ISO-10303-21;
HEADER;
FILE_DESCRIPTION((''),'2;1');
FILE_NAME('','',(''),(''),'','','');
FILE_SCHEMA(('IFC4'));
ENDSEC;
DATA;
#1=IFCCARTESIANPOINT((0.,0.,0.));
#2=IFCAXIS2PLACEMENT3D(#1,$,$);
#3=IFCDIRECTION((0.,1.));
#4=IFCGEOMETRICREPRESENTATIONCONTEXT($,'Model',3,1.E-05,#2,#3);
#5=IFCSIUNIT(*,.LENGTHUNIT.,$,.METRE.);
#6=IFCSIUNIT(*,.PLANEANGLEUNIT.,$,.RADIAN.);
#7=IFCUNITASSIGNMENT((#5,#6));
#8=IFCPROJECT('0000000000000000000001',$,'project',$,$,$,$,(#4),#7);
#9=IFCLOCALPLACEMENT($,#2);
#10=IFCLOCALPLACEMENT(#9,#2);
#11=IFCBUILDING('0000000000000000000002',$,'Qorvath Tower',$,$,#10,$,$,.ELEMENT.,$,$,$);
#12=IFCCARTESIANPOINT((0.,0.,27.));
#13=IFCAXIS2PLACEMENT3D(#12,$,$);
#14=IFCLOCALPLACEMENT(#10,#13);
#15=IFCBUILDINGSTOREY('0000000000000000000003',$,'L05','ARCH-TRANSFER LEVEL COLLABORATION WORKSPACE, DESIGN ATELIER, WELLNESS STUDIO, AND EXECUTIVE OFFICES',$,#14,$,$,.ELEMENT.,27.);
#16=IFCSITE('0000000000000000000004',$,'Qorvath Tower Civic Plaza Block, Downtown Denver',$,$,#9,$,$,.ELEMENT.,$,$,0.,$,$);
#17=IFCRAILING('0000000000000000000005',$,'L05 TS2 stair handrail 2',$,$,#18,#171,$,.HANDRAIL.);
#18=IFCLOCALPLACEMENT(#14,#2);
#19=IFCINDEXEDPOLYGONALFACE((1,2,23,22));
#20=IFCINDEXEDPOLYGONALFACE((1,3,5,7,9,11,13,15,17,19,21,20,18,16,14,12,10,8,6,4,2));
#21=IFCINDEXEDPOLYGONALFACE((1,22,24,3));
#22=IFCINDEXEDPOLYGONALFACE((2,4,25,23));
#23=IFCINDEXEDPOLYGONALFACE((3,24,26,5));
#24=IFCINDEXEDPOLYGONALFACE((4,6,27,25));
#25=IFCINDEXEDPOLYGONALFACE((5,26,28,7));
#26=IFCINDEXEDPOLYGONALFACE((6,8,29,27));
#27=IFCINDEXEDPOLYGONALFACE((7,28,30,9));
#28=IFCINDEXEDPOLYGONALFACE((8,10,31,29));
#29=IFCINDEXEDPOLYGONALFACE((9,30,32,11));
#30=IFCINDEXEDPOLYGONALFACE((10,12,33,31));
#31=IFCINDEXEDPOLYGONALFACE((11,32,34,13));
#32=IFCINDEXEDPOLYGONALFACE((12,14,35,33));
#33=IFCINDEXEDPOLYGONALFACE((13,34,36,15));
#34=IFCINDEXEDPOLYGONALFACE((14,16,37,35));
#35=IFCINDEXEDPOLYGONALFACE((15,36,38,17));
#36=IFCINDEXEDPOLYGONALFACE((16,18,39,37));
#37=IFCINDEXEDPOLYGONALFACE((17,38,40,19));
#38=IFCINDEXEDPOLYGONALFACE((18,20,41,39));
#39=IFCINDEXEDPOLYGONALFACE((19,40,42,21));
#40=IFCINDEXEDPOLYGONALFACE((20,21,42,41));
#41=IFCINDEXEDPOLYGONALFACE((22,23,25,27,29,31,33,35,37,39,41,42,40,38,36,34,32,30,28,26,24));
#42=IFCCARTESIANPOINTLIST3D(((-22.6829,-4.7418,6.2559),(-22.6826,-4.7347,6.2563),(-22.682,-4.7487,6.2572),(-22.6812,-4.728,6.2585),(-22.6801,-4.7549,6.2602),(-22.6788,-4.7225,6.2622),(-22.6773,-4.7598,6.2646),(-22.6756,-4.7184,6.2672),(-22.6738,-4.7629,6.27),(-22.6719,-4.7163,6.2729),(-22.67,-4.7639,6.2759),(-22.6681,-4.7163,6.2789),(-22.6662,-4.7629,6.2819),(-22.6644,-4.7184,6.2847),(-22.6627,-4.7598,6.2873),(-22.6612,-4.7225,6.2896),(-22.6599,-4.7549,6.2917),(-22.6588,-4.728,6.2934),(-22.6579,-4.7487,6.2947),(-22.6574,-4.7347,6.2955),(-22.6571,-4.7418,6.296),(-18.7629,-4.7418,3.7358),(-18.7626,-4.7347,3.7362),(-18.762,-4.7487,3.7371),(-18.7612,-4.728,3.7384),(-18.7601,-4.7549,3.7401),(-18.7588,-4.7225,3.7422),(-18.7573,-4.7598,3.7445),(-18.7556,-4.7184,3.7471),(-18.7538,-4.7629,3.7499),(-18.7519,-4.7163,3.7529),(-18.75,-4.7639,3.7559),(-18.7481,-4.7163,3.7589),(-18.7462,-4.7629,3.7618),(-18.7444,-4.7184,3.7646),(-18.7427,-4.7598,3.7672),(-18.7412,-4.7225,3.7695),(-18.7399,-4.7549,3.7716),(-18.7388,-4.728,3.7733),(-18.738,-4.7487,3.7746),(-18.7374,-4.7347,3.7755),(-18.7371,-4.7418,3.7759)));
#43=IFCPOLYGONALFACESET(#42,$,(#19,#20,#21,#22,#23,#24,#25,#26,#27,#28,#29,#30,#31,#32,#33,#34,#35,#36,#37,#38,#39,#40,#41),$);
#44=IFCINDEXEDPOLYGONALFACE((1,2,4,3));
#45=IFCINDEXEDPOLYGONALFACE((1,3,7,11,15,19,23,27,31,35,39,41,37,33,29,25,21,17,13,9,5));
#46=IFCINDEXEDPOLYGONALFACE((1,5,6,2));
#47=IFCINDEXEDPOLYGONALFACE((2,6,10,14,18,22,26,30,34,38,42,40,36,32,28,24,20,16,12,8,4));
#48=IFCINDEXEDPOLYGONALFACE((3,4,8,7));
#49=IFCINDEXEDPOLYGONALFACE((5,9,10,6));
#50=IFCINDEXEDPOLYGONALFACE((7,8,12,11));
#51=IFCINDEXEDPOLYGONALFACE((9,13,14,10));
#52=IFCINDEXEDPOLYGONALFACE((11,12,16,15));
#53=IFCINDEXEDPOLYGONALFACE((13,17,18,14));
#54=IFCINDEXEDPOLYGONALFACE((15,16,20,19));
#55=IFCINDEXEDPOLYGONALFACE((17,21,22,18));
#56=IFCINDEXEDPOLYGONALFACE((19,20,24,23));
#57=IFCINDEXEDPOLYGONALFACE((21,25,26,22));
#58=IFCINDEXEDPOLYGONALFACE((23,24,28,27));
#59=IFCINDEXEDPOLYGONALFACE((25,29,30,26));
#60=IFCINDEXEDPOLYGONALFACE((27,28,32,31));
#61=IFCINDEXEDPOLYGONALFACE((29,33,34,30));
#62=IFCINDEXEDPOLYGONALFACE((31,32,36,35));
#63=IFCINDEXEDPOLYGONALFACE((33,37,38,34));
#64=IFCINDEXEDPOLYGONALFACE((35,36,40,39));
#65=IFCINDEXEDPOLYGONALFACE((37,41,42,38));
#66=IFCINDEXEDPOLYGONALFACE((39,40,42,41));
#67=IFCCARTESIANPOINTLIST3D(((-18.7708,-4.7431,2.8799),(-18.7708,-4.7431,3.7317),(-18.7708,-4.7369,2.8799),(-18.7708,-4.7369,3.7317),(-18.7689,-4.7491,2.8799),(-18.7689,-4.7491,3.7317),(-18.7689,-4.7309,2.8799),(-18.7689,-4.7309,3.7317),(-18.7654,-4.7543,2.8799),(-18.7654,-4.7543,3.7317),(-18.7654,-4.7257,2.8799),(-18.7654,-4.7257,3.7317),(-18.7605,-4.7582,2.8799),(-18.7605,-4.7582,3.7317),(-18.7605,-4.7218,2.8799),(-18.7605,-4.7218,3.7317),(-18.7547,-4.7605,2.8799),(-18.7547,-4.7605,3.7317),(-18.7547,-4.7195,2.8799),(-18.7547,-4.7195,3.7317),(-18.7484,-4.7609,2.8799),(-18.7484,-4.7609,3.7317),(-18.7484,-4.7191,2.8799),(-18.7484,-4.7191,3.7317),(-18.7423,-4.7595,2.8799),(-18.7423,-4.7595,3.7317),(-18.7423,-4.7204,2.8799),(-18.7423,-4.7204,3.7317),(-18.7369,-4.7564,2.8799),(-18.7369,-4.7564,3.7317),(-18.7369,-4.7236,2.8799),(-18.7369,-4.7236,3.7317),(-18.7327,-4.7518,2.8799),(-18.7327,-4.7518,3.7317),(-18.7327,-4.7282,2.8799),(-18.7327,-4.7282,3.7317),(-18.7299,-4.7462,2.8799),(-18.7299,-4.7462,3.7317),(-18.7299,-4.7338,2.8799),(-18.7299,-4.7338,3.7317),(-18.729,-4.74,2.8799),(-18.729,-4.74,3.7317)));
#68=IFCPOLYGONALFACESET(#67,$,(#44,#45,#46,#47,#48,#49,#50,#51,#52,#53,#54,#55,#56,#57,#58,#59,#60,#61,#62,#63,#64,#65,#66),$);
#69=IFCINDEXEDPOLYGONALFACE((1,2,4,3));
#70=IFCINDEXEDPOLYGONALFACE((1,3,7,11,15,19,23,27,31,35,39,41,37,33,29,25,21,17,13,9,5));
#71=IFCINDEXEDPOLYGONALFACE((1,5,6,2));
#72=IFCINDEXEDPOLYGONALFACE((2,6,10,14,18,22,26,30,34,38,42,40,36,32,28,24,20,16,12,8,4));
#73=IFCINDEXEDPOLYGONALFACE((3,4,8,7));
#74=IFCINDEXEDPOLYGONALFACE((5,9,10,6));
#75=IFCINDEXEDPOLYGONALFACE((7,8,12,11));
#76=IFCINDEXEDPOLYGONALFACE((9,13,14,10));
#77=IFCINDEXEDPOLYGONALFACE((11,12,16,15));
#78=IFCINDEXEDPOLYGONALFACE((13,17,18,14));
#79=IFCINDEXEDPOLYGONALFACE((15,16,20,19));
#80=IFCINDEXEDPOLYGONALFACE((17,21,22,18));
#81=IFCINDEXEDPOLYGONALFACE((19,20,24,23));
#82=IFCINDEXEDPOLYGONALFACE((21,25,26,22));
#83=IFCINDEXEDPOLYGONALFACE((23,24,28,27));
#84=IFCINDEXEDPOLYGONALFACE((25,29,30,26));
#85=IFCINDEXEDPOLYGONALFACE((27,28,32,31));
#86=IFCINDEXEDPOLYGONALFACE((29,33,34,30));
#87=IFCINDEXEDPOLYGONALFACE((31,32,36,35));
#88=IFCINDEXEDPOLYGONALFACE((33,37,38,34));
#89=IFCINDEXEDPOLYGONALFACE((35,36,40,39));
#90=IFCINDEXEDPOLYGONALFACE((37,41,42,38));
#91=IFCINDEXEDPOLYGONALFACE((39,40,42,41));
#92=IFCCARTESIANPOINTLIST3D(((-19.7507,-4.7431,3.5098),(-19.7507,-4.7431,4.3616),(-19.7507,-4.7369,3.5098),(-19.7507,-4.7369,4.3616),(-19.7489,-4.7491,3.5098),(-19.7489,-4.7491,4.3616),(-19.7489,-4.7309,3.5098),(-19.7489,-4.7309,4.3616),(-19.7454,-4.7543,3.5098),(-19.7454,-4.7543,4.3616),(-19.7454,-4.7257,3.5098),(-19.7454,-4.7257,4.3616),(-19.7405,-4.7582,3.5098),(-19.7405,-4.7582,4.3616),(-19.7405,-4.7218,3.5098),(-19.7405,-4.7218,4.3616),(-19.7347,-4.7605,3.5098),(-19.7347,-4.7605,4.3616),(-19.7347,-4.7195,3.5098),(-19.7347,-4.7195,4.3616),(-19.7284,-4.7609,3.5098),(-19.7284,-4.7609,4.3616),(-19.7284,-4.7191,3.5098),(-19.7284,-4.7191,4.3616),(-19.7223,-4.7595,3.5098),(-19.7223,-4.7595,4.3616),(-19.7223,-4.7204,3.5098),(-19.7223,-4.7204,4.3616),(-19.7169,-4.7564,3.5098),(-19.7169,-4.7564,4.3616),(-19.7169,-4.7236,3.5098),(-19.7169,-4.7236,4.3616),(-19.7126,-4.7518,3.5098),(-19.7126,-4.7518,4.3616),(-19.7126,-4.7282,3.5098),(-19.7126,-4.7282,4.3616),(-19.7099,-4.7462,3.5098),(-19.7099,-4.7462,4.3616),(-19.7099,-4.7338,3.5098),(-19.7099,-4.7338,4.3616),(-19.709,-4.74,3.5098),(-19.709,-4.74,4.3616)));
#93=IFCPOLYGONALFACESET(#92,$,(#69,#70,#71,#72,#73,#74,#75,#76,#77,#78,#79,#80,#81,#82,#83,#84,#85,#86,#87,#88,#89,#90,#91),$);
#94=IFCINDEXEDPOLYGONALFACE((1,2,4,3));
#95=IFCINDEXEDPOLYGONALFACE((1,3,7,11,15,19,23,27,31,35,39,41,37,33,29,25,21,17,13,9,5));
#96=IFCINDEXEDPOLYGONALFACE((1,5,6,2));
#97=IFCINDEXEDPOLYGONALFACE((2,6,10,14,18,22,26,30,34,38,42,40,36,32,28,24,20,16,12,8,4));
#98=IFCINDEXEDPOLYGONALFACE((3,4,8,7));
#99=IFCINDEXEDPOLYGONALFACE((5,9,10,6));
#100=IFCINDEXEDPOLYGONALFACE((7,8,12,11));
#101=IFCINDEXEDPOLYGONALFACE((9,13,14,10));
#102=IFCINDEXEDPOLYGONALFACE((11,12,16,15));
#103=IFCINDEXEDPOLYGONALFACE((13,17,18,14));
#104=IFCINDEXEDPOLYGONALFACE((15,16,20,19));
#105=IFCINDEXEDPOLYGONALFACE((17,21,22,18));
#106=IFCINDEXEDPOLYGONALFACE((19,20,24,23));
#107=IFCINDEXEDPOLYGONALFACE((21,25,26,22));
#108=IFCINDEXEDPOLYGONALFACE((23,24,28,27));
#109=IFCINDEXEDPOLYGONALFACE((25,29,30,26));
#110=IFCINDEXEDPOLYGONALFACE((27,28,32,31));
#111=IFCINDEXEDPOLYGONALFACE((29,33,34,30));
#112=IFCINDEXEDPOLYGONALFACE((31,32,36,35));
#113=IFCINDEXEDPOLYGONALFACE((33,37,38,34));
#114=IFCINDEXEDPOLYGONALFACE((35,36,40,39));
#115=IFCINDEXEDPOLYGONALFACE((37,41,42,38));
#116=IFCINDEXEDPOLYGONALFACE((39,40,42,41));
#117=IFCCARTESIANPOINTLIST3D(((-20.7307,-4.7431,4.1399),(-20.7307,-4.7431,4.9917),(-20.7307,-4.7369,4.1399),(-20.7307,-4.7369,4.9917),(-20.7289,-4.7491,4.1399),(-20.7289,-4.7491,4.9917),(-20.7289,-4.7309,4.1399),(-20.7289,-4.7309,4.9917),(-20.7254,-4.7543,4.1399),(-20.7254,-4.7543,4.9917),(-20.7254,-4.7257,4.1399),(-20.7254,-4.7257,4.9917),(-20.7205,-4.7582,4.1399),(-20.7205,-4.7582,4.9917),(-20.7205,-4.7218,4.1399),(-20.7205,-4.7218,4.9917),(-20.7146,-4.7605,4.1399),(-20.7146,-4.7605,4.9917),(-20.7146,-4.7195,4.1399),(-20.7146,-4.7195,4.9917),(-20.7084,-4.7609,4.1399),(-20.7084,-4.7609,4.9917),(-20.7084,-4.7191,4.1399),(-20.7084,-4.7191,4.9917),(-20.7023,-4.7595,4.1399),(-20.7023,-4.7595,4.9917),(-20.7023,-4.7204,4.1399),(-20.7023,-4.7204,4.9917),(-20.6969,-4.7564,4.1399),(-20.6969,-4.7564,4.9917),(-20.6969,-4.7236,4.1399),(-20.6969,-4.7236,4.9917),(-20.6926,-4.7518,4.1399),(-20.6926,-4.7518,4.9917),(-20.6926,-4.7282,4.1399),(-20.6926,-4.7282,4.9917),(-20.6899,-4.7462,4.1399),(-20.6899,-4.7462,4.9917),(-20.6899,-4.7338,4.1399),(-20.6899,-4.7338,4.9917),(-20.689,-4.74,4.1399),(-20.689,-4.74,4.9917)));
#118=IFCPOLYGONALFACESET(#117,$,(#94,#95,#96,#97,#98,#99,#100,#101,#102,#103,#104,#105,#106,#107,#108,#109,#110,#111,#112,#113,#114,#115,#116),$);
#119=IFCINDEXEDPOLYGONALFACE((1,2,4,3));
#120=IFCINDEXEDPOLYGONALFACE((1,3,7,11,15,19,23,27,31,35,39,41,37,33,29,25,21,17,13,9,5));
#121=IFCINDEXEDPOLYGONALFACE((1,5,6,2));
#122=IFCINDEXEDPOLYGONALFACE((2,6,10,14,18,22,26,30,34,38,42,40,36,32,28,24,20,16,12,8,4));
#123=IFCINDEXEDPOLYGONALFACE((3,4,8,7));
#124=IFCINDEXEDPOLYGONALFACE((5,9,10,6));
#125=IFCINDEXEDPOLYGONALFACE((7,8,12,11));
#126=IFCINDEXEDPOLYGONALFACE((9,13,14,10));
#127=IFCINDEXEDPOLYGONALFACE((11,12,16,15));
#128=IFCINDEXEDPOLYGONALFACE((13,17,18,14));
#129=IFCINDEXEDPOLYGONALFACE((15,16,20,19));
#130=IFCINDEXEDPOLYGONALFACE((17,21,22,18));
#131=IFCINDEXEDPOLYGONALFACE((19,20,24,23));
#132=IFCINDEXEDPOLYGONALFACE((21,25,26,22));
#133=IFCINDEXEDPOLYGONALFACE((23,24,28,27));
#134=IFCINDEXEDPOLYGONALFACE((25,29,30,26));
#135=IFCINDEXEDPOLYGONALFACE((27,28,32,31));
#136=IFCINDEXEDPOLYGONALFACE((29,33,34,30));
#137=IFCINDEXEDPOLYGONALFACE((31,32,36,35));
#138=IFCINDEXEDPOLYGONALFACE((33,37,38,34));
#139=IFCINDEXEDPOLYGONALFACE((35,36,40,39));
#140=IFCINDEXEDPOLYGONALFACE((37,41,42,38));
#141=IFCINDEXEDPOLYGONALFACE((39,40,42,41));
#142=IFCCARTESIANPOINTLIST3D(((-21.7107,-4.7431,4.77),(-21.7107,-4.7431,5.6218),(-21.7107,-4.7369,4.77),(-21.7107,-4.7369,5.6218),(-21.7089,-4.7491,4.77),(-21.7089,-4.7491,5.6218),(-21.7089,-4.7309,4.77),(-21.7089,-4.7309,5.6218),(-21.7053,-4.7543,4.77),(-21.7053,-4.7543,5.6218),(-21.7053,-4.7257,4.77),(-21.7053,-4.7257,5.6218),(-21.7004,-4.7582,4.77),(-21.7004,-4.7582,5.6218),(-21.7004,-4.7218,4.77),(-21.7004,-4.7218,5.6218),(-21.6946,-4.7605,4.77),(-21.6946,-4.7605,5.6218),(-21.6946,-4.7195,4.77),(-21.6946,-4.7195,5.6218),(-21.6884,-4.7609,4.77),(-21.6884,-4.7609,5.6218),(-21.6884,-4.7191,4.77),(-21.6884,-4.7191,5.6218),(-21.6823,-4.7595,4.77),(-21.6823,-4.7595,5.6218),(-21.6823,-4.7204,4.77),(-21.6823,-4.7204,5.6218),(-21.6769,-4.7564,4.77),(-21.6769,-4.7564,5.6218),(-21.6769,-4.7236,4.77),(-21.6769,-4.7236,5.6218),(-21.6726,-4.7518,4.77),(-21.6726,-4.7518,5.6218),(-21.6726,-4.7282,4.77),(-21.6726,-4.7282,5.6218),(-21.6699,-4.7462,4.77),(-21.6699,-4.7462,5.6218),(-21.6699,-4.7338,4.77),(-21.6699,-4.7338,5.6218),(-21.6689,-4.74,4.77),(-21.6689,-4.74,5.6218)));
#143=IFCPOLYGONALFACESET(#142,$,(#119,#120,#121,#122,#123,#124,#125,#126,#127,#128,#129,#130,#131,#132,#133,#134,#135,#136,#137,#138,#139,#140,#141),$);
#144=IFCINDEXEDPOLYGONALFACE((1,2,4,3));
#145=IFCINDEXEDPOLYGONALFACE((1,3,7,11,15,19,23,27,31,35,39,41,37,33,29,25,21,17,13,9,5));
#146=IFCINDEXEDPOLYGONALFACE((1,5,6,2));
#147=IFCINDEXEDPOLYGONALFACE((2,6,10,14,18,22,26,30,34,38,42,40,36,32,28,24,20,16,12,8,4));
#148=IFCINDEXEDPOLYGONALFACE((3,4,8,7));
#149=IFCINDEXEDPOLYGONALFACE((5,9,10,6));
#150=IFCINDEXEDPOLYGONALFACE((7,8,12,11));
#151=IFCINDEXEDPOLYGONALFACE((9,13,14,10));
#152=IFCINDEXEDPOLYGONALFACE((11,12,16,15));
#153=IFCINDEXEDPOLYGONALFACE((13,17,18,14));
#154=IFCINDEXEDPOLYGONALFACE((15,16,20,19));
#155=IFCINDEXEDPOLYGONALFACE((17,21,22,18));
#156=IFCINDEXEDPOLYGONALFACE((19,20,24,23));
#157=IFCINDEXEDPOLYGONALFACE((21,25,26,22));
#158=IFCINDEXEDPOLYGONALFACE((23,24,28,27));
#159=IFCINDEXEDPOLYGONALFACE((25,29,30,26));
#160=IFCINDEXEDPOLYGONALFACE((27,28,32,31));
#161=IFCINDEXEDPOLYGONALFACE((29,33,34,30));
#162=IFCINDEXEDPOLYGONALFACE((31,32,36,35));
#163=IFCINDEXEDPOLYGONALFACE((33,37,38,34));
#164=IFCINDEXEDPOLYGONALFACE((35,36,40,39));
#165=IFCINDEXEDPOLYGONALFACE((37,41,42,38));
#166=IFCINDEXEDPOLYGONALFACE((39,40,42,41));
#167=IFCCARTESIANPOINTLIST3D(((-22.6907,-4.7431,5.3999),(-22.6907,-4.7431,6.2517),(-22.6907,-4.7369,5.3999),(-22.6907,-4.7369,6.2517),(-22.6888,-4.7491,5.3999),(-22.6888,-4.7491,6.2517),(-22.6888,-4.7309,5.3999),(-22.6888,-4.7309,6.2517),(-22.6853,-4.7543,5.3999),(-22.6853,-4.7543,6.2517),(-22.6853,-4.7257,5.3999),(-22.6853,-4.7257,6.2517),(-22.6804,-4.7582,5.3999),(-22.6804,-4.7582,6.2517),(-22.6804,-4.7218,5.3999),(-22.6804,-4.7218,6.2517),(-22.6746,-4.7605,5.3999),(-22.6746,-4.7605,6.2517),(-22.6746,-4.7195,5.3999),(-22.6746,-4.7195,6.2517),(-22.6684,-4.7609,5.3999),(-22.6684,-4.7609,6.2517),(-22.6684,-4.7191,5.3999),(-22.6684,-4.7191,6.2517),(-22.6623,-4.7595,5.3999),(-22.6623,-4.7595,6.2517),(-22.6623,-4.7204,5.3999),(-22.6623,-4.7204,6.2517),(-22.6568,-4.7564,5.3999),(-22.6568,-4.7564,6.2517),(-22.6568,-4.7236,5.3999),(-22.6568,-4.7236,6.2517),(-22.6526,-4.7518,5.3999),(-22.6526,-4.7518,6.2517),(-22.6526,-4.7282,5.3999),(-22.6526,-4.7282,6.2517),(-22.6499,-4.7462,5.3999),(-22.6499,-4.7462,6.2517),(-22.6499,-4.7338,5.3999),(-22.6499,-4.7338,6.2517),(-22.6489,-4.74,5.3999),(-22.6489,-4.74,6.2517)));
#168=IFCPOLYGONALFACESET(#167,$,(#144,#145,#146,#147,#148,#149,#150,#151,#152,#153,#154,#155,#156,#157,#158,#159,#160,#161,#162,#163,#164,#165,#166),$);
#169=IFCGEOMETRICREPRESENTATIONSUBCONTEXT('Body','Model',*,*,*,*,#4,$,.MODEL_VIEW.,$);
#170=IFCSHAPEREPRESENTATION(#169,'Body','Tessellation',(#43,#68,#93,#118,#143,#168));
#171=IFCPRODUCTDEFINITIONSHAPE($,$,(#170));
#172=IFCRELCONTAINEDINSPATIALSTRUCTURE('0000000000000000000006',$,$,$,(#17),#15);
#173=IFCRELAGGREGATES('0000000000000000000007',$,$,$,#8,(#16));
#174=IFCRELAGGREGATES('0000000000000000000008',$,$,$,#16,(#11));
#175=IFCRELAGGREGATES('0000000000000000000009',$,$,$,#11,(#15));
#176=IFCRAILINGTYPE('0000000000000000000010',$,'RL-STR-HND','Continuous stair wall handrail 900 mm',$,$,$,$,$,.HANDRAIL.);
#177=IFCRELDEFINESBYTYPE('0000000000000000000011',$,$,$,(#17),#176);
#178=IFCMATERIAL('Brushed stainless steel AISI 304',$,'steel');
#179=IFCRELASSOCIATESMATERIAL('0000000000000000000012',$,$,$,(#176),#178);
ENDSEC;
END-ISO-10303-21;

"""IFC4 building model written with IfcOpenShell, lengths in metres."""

from ifc_helpers import new_model, si_unit, direction, frame, origin, origin_2d, place, context, subcontext, project, spatial, circle, extrude, material, type_object, element, save


model = new_model("IFC4")

# Units and contexts
model_context = context("Model", 3, precision=1e-05, world=origin(), true_north=direction((0.0, 1.0)))
body_context = subcontext(model_context, "Body", "Model", "MODEL_VIEW")
ifc_project = project(units=[si_unit("LENGTHUNIT", "METRE"), si_unit("PLANEANGLEUNIT", "RADIAN")], contexts=[model_context])

# Site, building, storey
site_placement = place(None, origin())
site = spatial("IfcSite", under=ifc_project, at=site_placement, Name="Qorvath Tower Civic Plaza Block, Downtown Denver", CompositionType="ELEMENT", RefElevation=0.0)
building_placement = place(site_placement, origin())
building = spatial("IfcBuilding", under=site, at=building_placement, Name="Qorvath Tower", CompositionType="ELEMENT")
storey_placement = place(building_placement, frame((0.0, 0.0, 27.0)))
storey = spatial("IfcBuildingStorey", under=building, at=storey_placement, Name="L05", Description="ARCH-TRANSFER LEVEL COLLABORATION WORKSPACE, DESIGN ATELIER, WELLNESS STUDIO, AND EXECUTIVE OFFICES", CompositionType="ELEMENT", Elevation=27.0)

# Railing
ifc_material_1 = material(Name="Brushed stainless steel AISI 304", Category="steel")
railing_type_1 = type_object("IfcRailingType", Name="RL-STR-HND", Description="Continuous stair wall handrail 900 mm", PredefinedType="HANDRAIL", material=ifc_material_1)
railing_1_placement = place(storey_placement, frame((-18.75, -4.74, 2.8799)))
element("IfcRailing", 1, at=railing_1_placement, inside=storey, type_object=railing_type_1, Name="L05 TS2 stair handrail 2", PredefinedType="HANDRAIL", context=body_context, shape_type="SweptSolid", body=[
    extrude(circle(Radius=0.0239, at=origin_2d()), frame((0.0, 0.0, 0.876), z_axis=(-0.841172, 0.0, 0.540768), x_axis=(0.0, -1.0, 0.0)), (0.0, 0.0, 1.0), 4.6602),
    extrude(circle(Radius=0.021, at=origin_2d()), origin(), (0.0, 0.0, 1.0), 0.8518),
    extrude(circle(Radius=0.021, at=origin_2d()), frame((-0.98, 0.0, 0.6299)), (0.0, 0.0, 1.0), 0.8518),
    extrude(circle(Radius=0.021, at=origin_2d()), frame((-1.96, 0.0, 1.26)), (0.0, 0.0, 1.0), 0.8518),
    extrude(circle(Radius=0.021, at=origin_2d()), frame((-2.9399, 0.0, 1.8901)), (0.0, 0.0, 1.0), 0.8518),
    extrude(circle(Radius=0.021, at=origin_2d()), frame((-3.9199, 0.0, 2.52)), (0.0, 0.0, 1.0), 0.8518),
])

save(model, "model.ifc")
